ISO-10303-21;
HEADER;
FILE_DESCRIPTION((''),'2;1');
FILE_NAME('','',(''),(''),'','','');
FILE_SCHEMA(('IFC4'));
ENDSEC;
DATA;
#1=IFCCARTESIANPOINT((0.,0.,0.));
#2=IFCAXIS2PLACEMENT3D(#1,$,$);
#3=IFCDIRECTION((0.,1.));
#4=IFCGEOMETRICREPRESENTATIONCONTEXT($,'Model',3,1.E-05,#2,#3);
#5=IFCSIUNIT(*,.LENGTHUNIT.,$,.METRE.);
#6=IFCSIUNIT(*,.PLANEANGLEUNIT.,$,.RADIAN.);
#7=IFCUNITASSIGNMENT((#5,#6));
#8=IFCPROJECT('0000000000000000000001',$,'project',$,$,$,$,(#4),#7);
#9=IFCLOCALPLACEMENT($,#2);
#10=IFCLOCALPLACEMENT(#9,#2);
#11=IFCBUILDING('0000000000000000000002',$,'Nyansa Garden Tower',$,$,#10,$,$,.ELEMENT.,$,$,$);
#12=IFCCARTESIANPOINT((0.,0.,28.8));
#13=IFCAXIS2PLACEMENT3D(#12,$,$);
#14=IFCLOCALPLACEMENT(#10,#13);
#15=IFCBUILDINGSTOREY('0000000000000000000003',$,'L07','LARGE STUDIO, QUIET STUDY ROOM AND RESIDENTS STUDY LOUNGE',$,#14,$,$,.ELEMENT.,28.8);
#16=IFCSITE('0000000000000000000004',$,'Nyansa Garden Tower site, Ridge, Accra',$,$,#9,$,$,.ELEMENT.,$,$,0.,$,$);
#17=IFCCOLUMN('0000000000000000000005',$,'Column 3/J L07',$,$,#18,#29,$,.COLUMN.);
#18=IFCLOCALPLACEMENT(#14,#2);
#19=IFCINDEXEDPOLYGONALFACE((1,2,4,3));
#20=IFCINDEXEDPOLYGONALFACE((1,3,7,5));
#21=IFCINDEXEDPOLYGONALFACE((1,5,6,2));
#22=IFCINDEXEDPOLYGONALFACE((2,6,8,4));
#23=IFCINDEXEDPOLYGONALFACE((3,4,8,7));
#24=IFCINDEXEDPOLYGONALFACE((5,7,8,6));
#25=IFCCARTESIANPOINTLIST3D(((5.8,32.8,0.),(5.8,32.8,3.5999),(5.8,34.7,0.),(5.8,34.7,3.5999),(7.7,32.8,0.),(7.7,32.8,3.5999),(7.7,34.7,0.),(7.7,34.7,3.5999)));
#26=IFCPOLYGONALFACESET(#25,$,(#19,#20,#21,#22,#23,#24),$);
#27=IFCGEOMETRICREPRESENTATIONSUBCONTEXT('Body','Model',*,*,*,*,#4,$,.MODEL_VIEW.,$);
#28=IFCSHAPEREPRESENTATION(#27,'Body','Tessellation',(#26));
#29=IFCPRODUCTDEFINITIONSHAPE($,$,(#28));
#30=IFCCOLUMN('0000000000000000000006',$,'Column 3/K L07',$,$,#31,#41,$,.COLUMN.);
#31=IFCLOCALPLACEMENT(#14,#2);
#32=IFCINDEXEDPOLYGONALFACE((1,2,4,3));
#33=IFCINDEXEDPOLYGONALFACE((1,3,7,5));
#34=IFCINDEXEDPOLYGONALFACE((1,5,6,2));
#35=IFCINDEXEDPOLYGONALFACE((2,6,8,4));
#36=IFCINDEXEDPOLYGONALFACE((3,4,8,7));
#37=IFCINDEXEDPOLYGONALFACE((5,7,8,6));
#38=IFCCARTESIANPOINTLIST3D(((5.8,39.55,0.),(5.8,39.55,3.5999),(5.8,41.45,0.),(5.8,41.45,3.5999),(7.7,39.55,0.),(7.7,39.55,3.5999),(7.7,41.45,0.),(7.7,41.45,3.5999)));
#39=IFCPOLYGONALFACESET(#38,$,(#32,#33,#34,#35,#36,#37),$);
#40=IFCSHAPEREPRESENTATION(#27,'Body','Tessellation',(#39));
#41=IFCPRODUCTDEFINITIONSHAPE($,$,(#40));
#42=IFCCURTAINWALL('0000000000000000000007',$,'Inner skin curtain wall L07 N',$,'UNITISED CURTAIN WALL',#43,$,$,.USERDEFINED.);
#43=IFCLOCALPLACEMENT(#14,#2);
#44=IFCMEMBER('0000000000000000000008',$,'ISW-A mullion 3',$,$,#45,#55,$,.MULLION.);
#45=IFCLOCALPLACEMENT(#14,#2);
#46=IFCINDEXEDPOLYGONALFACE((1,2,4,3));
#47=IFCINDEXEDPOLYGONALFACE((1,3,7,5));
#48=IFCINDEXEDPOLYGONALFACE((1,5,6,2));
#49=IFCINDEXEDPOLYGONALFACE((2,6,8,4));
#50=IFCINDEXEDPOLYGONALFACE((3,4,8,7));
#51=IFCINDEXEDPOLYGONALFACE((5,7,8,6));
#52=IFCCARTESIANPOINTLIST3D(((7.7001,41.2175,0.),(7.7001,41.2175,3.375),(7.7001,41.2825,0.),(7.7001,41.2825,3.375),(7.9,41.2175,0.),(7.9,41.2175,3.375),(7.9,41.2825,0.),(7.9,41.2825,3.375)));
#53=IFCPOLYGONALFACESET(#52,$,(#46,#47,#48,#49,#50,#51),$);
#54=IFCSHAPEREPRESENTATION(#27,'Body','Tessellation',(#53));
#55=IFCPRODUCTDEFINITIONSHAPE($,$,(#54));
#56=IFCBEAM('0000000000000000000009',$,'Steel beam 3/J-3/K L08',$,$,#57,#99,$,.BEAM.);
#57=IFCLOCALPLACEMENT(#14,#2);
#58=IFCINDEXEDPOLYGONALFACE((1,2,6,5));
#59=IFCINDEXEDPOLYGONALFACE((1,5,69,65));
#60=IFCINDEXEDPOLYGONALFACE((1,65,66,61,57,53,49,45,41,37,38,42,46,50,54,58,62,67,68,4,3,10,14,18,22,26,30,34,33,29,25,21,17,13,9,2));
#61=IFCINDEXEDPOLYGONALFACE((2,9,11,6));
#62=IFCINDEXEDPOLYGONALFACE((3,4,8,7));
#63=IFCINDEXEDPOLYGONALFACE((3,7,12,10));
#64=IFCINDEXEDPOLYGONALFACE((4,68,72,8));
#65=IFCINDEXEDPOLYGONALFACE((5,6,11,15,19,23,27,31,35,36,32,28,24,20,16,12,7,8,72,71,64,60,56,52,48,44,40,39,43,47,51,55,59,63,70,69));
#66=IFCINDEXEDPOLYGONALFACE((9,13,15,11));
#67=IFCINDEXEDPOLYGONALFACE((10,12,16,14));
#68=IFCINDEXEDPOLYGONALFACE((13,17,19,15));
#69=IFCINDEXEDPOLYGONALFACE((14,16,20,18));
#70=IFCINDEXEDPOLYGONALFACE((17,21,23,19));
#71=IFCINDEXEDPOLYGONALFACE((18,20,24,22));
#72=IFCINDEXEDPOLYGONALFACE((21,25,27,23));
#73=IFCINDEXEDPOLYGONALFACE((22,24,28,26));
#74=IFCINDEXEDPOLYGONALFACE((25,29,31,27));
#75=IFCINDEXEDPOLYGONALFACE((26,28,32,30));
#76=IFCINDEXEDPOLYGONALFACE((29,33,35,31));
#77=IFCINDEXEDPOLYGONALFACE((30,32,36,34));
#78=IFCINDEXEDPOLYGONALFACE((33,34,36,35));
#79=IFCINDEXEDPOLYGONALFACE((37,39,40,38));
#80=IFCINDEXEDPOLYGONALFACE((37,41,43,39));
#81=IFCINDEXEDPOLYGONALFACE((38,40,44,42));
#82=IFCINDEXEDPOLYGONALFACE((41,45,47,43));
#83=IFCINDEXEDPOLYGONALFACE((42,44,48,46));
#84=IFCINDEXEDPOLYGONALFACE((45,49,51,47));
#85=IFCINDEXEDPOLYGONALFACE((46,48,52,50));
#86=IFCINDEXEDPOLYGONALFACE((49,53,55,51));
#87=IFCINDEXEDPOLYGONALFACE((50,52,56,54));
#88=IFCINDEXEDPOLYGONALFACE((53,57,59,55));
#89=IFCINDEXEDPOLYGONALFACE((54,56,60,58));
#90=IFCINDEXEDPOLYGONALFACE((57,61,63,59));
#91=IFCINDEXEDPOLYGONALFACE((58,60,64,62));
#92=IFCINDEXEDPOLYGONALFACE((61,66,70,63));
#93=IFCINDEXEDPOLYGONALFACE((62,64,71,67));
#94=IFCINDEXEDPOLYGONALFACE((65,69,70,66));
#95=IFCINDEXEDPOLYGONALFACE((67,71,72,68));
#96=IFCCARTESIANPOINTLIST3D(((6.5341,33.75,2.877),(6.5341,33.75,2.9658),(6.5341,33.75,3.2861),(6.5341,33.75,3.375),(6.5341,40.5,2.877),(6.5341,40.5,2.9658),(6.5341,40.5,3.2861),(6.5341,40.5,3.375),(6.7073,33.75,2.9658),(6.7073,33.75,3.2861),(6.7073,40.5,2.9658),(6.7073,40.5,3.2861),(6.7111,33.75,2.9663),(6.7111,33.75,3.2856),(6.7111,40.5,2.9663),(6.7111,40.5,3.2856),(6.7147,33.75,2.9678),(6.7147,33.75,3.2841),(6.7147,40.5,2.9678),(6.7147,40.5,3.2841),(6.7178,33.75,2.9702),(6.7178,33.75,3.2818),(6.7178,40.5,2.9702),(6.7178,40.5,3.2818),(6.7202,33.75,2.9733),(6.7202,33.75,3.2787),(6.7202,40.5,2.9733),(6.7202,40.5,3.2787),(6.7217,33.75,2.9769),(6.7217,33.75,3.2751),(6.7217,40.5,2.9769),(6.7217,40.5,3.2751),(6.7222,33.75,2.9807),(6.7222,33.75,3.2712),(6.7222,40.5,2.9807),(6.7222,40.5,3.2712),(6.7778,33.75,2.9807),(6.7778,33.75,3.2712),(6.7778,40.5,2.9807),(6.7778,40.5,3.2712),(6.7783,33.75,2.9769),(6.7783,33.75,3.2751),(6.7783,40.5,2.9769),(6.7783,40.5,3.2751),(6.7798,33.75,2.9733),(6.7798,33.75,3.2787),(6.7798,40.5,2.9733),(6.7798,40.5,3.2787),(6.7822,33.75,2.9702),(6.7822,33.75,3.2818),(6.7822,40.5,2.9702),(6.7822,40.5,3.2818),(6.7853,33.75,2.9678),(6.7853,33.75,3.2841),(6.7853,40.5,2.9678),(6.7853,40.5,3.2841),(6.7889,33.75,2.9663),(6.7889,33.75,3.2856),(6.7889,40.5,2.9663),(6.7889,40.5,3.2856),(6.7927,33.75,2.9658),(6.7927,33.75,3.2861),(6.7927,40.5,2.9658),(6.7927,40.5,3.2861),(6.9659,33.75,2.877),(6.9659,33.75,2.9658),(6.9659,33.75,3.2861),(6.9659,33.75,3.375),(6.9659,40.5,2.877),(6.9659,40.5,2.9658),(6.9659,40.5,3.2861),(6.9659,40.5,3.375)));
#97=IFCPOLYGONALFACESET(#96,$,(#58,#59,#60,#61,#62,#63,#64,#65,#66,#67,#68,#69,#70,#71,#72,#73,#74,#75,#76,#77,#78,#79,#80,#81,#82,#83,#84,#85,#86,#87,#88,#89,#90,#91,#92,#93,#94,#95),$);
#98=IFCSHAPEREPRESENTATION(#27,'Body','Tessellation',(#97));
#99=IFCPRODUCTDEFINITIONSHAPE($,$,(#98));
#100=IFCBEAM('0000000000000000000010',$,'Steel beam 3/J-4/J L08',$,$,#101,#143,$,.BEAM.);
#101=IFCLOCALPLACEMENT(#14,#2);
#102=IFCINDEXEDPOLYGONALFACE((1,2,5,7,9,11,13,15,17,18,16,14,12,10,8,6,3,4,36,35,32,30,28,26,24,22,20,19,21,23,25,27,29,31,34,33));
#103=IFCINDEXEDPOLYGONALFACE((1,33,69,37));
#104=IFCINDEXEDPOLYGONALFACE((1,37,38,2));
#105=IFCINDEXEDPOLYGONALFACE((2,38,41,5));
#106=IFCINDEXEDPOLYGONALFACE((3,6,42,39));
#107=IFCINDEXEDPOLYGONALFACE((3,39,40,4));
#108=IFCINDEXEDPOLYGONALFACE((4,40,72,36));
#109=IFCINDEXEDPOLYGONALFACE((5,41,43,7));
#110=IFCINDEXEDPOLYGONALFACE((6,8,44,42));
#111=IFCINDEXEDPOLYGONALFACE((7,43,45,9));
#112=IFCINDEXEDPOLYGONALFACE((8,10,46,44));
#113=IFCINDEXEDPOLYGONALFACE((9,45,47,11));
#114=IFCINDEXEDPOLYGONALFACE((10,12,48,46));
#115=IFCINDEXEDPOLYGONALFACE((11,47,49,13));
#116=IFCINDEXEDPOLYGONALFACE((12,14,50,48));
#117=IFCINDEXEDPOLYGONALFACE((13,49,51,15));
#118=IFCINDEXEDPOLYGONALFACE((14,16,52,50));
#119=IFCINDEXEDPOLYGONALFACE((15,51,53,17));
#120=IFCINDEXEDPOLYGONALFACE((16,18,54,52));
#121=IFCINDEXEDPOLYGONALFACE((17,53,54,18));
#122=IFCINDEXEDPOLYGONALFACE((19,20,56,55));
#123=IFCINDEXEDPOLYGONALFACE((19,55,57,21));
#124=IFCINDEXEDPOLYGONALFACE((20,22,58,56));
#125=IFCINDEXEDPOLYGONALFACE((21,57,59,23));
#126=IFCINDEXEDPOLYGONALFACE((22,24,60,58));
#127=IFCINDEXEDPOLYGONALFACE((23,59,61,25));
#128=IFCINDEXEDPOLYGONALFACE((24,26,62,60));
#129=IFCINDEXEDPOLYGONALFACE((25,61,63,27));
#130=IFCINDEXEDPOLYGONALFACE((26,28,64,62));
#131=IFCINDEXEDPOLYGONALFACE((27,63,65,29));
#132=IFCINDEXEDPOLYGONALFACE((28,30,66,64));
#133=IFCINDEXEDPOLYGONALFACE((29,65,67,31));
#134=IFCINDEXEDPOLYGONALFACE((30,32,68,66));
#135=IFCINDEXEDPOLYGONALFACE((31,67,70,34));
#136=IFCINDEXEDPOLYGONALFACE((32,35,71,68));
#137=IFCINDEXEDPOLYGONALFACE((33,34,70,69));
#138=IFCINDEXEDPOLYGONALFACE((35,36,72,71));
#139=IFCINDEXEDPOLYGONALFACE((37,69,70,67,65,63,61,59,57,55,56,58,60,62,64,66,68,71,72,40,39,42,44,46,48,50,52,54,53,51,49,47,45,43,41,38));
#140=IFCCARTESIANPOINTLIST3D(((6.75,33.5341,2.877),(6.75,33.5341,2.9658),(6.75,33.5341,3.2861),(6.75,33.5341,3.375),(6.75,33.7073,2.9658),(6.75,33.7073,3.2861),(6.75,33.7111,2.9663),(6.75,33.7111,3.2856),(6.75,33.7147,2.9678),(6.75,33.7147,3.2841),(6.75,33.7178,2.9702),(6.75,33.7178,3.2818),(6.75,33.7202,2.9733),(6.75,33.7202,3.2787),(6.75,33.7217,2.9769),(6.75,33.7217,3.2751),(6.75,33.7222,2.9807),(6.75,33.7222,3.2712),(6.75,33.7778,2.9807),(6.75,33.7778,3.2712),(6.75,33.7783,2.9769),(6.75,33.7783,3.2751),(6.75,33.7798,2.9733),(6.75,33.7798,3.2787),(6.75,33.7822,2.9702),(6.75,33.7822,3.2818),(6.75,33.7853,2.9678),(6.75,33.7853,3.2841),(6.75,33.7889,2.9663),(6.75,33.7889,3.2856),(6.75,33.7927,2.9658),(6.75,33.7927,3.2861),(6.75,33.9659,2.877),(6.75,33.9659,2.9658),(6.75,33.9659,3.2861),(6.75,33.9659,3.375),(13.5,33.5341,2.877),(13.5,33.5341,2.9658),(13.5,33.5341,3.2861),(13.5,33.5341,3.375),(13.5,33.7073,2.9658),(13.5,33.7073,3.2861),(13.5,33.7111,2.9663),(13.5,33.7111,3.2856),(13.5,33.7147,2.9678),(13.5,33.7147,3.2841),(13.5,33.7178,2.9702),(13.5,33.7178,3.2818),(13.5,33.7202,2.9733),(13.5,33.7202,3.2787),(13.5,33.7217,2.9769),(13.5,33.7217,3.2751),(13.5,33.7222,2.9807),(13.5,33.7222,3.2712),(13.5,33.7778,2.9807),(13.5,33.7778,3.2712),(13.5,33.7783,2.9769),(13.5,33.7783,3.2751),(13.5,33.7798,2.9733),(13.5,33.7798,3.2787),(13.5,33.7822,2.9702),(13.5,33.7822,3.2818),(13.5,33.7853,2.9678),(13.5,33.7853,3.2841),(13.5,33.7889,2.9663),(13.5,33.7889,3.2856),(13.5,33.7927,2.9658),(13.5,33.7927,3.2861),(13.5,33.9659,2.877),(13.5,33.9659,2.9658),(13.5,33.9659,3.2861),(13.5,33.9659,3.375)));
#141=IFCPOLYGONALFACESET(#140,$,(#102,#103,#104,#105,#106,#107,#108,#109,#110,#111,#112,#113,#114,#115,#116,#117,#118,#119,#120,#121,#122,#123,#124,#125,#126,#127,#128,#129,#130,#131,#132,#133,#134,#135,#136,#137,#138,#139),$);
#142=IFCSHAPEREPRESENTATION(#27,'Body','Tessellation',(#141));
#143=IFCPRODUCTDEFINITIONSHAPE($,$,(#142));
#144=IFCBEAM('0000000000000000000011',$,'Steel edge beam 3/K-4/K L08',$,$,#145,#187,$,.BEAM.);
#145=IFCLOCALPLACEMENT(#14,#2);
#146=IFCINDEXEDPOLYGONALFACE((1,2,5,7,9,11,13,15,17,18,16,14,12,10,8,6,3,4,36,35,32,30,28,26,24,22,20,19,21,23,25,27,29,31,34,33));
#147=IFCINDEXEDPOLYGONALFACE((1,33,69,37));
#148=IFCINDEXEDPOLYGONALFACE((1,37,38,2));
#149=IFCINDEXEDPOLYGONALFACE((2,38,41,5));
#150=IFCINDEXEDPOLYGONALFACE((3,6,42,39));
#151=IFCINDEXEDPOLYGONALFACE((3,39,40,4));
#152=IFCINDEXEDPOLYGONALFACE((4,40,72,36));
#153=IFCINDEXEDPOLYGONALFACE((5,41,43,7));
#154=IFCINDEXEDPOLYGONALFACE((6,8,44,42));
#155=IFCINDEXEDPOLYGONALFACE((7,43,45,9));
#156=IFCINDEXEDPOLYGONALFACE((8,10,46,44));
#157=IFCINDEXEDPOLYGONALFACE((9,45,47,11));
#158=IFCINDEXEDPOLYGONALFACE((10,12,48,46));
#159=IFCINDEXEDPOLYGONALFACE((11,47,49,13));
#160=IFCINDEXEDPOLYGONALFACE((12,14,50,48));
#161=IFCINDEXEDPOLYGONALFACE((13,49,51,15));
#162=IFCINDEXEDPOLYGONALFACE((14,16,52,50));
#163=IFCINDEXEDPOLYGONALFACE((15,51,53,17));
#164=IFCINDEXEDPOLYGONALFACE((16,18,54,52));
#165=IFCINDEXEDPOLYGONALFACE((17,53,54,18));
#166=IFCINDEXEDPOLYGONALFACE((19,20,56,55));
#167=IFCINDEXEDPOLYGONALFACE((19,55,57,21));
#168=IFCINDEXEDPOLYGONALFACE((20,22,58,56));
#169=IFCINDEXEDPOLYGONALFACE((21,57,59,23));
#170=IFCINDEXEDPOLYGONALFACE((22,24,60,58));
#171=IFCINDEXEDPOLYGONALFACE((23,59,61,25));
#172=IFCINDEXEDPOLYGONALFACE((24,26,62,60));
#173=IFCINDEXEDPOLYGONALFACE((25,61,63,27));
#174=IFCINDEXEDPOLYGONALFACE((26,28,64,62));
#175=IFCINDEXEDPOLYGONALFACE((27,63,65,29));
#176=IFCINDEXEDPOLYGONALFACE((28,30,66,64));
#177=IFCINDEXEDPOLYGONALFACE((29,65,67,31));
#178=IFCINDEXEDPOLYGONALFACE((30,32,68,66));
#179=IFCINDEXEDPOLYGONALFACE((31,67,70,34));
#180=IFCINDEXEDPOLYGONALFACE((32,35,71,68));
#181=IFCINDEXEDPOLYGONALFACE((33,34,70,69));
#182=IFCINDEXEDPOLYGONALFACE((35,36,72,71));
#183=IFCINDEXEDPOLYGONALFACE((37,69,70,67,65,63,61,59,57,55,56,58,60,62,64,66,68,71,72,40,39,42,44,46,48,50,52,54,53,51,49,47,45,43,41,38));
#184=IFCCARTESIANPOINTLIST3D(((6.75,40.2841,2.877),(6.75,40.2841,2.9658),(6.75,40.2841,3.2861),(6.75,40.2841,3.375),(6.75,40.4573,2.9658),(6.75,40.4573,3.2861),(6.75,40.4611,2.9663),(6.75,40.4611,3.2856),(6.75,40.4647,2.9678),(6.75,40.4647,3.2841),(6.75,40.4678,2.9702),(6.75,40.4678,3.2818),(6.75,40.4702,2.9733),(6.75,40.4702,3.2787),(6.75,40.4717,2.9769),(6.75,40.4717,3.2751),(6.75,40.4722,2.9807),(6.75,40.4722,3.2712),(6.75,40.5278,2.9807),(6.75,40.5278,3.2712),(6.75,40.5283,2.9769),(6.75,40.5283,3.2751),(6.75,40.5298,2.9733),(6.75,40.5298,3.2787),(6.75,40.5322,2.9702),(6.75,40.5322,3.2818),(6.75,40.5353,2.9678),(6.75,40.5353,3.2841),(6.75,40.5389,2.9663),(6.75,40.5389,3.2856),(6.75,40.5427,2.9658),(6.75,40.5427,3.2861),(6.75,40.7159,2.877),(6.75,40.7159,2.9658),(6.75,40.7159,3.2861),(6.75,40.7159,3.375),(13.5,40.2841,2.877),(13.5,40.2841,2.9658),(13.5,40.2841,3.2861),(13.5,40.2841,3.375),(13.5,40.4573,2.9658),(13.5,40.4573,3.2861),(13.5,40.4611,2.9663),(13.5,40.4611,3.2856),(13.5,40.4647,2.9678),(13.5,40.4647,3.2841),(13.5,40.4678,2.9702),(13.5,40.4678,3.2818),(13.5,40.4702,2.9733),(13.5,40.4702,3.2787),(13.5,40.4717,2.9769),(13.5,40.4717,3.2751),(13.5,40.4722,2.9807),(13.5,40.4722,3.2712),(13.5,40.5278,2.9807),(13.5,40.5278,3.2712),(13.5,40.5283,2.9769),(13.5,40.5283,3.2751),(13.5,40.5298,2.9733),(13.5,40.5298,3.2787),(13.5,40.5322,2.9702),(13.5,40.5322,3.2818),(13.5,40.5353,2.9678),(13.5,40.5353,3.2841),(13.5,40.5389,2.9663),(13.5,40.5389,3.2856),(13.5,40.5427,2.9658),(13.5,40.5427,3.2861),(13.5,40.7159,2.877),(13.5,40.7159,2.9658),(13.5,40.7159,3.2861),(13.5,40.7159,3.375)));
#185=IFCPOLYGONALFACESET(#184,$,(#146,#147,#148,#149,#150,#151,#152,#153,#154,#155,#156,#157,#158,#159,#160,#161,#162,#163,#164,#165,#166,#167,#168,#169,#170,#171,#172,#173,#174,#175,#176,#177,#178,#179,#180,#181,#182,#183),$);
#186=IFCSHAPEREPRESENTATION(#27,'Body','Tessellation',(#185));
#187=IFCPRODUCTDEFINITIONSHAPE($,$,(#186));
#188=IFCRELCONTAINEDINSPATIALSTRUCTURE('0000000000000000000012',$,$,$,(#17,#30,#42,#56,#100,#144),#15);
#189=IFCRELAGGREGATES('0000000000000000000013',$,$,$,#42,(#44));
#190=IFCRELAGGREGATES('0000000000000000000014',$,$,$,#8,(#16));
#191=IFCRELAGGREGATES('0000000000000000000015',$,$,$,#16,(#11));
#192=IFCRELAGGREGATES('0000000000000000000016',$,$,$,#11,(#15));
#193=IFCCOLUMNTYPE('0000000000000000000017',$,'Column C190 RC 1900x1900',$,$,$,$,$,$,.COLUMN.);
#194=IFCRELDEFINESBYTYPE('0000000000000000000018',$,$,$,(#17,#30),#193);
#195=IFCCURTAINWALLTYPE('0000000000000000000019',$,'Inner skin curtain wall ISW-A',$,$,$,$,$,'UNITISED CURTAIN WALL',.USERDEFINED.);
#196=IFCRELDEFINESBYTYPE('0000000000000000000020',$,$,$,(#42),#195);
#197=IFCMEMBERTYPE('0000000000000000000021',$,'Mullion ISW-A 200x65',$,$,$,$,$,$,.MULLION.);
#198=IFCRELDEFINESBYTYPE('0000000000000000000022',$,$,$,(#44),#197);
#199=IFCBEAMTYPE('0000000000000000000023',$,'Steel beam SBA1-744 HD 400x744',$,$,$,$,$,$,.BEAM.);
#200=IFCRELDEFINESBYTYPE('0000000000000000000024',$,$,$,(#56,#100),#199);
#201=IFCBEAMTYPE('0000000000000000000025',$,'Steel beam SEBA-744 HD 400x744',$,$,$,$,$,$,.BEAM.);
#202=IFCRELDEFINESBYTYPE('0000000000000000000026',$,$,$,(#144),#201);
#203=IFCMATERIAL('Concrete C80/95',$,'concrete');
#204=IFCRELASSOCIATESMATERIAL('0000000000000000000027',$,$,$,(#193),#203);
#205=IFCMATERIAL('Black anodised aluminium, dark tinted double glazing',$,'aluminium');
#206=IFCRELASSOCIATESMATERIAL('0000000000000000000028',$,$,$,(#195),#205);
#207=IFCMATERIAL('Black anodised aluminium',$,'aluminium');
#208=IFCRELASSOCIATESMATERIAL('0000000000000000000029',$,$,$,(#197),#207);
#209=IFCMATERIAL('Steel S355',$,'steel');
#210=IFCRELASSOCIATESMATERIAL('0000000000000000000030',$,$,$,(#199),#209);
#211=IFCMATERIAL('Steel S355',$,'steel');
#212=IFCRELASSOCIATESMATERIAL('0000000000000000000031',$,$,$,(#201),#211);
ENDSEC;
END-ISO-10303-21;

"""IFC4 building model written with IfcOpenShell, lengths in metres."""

from ifc_helpers import new_model, si_unit, direction, frame, origin, origin_2d, place, context, subcontext, project, spatial, rectangle, i_section, extrude, material, material_profile, profile_set, type_object, element, aggregate, save


model = new_model("IFC4")

# Units and contexts
model_context = context("Model", 3, precision=1e-05, world=origin(), true_north=direction((0.0, 1.0)))
body_context = subcontext(model_context, "Body", "Model", "MODEL_VIEW")
ifc_project = project(units=[si_unit("LENGTHUNIT", "METRE"), si_unit("PLANEANGLEUNIT", "RADIAN")], contexts=[model_context])

# Site, building, storey
site_placement = place(None, origin())
site = spatial("IfcSite", under=ifc_project, at=site_placement, Name="Nyansa Garden Tower site, Ridge, Accra", CompositionType="ELEMENT", RefElevation=0.0)
building_placement = place(site_placement, origin())
building = spatial("IfcBuilding", under=site, at=building_placement, Name="Nyansa Garden Tower", CompositionType="ELEMENT")
storey_placement = place(building_placement, frame((0.0, 0.0, 28.8)))
storey = spatial("IfcBuildingStorey", under=building, at=storey_placement, Name="L07", Description="LARGE STUDIO, QUIET STUDY ROOM AND RESIDENTS STUDY LOUNGE", CompositionType="ELEMENT", Elevation=28.8)

# Columns
ifc_material_1 = material(Name="Concrete C80/95", Category="concrete")
ifc_material_profile_1 = material_profile(ifc_material_1, rectangle(XDim=1.8999, YDim=1.8999, at=origin_2d()), Name="RC 1900x1900")
ifc_profile_set_1 = profile_set([ifc_material_profile_1], Name="Concrete C80/95")
column_type = type_object("IfcColumnType", Name="Column C190 RC 1900x1900", PredefinedType="COLUMN", material=ifc_profile_set_1)
for number, where, z_axis, x_axis, name in (
    (1, (6.75, 33.75, 0.0), (0.0, 0.0, 1.0), (1.0, 0.0, 0.0), "Column 3/J L07"),
    (2, (6.75, 40.5, 0.0), (0.0, 0.0, 1.0), (1.0, 0.0, 0.0), "Column 3/K L07"),
):
    element("IfcColumn", number, at=place(storey_placement, frame(where, z_axis=z_axis, x_axis=x_axis)), inside=storey, type_object=column_type, Name=name, PredefinedType="COLUMN", context=body_context, shape_type="SweptSolid", body=[
        extrude(rectangle(XDim=1.8999, YDim=1.8999, at=origin_2d()), origin(), (0.0, 0.0, 1.0), 3.5999),
    ])

# Curtain wall, member
ifc_material_2 = material(Name="Black anodised aluminium, dark tinted double glazing", Category="aluminium")
curtain_wall_type = type_object("IfcCurtainWallType", Name="Inner skin curtain wall ISW-A", ElementType="UNITISED CURTAIN WALL", PredefinedType="USERDEFINED", material=ifc_material_2)
curtain_wall_placement = place(storey_placement, origin())
curtain_wall = element("IfcCurtainWall", 3, at=curtain_wall_placement, inside=storey, type_object=curtain_wall_type, Name="Inner skin curtain wall L07 N", ObjectType="UNITISED CURTAIN WALL", PredefinedType="USERDEFINED")
ifc_material_3 = material(Name="Black anodised aluminium", Category="aluminium")
ifc_material_profile_2 = material_profile(ifc_material_3, rectangle(XDim=0.0649, YDim=0.2, at=origin_2d()), Name="Mullion 200x65")
ifc_profile_set_2 = profile_set([ifc_material_profile_2], Name="Black anodised aluminium")
member_type_1 = type_object("IfcMemberType", Name="Mullion ISW-A 200x65", PredefinedType="MULLION", material=ifc_profile_set_2)
member_1_placement = place(storey_placement, frame((7.8, 41.25, 0.0), z_axis=(0.0, 0.0, 1.0), x_axis=(0.0, -1.0, 0.0)))
member_1 = element("IfcMember", 4, at=member_1_placement, type_object=member_type_1, Name="ISW-A mullion 3", PredefinedType="MULLION", context=body_context, shape_type="SweptSolid", body=[
    extrude(rectangle(XDim=0.0649, YDim=0.2, at=origin_2d()), origin(), (0.0, 0.0, 1.0), 3.375),
])

# Beams
ifc_material_4 = material(Name="Steel S355", Category="steel")
ifc_material_profile_3 = material_profile(ifc_material_4, i_section(OverallWidth=0.4319, OverallDepth=0.498, WebThickness=0.0557, FlangeThickness=0.0889, FilletRadius=0.0149, at=origin_2d()), Name="HD 400x744")
ifc_profile_set_3 = profile_set([ifc_material_profile_3], Name="Steel S355")
beam_type_1 = type_object("IfcBeamType", Name="Steel beam SBA1-744 HD 400x744", PredefinedType="BEAM", material=ifc_profile_set_3)
for number, where, z_axis, x_axis, name in (
    (5, (6.75, 33.75, 3.126), (0.0, 1.0, 0.0), (-1.0, 0.0, 0.0), "Steel beam 3/J-3/K L08"),
    (6, (6.75, 33.75, 3.126), (1.0, 0.0, 0.0), (0.0, 1.0, 0.0), "Steel beam 3/J-4/J L08"),
):
    element("IfcBeam", number, at=place(storey_placement, frame(where, z_axis=z_axis, x_axis=x_axis)), inside=storey, type_object=beam_type_1, Name=name, PredefinedType="BEAM", context=body_context, shape_type="SweptSolid", body=[
        extrude(i_section(OverallWidth=0.4319, OverallDepth=0.498, WebThickness=0.0557, FlangeThickness=0.0889, FilletRadius=0.0149, at=origin_2d()), origin(), (0.0, 0.0, 1.0), 6.75),
    ])
ifc_material_5 = material(Name="Steel S355", Category="steel")
ifc_material_profile_4 = material_profile(ifc_material_5, i_section(OverallWidth=0.4319, OverallDepth=0.498, WebThickness=0.0557, FlangeThickness=0.0889, FilletRadius=0.0149, at=origin_2d()), Name="HD 400x744")
ifc_profile_set_4 = profile_set([ifc_material_profile_4], Name="Steel S355")
beam_type_2 = type_object("IfcBeamType", Name="Steel beam SEBA-744 HD 400x744", PredefinedType="BEAM", material=ifc_profile_set_4)
beam_placement = place(storey_placement, frame((6.75, 40.5, 3.126), z_axis=(1.0, 0.0, 0.0), x_axis=(0.0, 1.0, 0.0)))
element("IfcBeam", 7, at=beam_placement, inside=storey, type_object=beam_type_2, Name="Steel edge beam 3/K-4/K L08", PredefinedType="BEAM", context=body_context, shape_type="SweptSolid", body=[
    extrude(i_section(OverallWidth=0.4319, OverallDepth=0.498, WebThickness=0.0557, FlangeThickness=0.0889, FilletRadius=0.0149, at=origin_2d()), origin(), (0.0, 0.0, 1.0), 6.75),
])

aggregate(curtain_wall, [member_1])

save(model, "model.ifc")
